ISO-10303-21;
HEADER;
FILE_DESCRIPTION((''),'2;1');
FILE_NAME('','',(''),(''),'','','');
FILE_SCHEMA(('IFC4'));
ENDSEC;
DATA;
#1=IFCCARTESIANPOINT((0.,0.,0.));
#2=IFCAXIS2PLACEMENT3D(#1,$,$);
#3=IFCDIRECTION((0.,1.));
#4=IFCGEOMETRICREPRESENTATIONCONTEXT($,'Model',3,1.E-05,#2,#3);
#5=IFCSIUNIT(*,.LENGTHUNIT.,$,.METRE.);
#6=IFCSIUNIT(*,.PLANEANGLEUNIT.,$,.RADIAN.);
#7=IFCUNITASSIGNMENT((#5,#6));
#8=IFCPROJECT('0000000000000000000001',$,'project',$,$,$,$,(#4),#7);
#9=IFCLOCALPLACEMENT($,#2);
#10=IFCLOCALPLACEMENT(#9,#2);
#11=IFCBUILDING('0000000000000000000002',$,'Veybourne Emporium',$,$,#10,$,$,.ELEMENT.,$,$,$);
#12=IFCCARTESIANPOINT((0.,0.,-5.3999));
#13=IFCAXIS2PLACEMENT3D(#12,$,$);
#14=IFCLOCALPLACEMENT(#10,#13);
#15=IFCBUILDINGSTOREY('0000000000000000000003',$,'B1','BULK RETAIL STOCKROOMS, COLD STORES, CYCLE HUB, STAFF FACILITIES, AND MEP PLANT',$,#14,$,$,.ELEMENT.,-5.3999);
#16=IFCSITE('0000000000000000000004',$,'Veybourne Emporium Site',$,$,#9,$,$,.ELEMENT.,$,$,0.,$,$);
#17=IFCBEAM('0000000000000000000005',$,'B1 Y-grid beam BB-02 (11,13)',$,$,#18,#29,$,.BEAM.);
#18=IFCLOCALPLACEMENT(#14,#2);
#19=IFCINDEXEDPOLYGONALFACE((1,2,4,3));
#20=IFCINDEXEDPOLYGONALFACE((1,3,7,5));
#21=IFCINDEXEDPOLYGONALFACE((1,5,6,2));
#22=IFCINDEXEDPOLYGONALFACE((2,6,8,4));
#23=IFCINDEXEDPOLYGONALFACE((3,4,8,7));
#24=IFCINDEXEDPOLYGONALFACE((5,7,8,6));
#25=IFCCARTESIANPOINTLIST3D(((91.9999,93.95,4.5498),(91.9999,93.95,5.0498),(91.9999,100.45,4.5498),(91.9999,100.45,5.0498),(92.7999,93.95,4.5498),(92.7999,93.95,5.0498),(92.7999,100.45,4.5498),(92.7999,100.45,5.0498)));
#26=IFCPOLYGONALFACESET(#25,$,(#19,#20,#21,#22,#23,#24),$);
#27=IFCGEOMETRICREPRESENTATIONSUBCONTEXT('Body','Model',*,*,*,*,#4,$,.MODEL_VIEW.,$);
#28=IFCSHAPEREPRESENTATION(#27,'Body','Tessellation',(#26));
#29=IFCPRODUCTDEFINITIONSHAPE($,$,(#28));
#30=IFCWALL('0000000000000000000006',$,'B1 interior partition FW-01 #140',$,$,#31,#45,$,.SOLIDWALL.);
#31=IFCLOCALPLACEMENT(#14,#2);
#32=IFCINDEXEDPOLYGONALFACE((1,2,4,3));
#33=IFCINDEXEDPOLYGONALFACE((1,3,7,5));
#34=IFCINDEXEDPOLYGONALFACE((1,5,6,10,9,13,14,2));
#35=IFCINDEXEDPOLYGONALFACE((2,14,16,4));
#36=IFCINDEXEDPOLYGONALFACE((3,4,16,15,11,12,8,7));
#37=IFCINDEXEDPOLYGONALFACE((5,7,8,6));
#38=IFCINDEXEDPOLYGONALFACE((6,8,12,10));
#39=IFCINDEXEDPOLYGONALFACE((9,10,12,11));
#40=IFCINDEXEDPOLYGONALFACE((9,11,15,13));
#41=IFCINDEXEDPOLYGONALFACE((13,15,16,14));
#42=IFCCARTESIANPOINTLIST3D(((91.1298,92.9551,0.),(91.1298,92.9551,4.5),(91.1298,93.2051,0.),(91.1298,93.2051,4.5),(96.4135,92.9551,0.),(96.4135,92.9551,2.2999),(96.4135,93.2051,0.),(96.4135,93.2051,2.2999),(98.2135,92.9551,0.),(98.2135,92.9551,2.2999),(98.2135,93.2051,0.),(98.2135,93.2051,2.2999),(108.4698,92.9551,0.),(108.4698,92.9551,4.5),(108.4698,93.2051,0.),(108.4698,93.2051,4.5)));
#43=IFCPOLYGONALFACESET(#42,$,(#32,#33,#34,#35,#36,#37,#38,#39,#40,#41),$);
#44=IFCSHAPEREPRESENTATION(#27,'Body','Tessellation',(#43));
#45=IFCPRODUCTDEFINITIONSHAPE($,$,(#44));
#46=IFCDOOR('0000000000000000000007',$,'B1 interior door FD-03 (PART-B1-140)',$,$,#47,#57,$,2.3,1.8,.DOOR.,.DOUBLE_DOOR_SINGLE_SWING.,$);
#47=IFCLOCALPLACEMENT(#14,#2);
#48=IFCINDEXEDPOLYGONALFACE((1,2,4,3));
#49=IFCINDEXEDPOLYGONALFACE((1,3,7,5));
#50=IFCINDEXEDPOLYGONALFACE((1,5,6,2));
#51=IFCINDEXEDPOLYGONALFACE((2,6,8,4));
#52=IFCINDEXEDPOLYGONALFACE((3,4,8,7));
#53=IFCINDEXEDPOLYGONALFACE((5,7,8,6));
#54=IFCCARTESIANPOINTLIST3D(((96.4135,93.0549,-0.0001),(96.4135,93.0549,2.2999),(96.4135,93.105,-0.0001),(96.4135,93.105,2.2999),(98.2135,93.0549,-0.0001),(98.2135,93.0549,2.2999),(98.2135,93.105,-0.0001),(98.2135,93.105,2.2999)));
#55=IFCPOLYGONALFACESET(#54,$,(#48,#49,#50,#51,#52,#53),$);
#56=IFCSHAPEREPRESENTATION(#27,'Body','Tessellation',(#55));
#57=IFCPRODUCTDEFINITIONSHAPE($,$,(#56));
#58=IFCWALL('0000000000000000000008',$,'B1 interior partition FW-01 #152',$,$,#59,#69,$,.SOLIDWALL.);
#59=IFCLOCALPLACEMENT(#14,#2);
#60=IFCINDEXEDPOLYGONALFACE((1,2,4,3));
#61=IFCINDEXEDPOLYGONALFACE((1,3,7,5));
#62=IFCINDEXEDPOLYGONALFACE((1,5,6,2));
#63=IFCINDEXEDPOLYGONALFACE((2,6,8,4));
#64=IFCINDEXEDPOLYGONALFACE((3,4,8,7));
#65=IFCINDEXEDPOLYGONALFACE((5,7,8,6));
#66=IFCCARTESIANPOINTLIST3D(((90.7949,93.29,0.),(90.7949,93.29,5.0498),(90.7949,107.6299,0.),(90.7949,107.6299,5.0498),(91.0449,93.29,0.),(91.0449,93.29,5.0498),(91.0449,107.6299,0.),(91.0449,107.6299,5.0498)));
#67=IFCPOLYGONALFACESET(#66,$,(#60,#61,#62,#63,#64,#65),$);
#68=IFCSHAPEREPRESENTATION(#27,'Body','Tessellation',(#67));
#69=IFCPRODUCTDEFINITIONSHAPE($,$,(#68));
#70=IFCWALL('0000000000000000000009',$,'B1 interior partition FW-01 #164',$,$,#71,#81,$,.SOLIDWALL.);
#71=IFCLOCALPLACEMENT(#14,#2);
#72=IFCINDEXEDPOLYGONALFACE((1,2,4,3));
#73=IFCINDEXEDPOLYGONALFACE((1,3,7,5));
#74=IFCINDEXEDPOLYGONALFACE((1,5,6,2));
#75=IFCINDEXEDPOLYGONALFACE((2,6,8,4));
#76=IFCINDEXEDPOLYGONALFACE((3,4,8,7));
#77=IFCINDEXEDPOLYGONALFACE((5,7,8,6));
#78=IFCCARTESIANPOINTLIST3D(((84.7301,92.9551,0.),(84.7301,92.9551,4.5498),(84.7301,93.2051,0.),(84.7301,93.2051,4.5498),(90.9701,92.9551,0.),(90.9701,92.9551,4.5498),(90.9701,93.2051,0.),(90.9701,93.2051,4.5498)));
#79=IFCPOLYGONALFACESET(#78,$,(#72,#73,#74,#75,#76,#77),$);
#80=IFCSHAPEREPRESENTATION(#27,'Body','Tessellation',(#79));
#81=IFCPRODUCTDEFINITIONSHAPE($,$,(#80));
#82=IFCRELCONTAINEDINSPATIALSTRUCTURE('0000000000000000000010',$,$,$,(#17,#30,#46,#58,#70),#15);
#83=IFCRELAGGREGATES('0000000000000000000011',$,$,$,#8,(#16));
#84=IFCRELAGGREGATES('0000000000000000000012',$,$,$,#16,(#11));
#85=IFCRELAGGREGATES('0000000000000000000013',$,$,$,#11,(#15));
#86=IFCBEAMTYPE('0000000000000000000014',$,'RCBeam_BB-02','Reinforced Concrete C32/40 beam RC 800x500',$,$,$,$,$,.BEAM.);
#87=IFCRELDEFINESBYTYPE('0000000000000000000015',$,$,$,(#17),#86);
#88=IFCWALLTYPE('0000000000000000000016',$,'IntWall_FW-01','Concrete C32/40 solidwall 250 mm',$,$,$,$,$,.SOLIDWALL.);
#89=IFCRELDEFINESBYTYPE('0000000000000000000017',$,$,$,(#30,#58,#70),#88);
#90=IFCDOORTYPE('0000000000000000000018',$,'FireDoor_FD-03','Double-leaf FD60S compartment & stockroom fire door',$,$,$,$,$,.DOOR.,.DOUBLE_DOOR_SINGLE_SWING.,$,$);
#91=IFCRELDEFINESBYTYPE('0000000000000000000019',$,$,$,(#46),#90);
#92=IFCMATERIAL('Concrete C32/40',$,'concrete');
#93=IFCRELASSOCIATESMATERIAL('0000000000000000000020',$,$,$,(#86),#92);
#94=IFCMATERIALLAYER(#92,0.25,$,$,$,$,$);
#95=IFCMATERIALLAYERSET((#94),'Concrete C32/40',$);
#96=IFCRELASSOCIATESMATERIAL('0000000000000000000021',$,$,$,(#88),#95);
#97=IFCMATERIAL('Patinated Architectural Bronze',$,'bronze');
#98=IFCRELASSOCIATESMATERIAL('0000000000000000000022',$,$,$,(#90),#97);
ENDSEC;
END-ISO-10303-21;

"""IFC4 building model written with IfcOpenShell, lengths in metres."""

from ifc_helpers import new_model, si_unit, direction, frame, frame_2d, origin, origin_2d, place, context, subcontext, project, spatial, rectangle, extrude, material, layer, layer_set, material_profile, profile_set, type_object, element, fill, save


model = new_model("IFC4")

# Units and contexts
model_context = context("Model", 3, precision=1e-05, world=origin(), true_north=direction((0.0, 1.0)))
body_context = subcontext(model_context, "Body", "Model", "MODEL_VIEW")
ifc_project = project(units=[si_unit("LENGTHUNIT", "METRE"), si_unit("PLANEANGLEUNIT", "RADIAN")], contexts=[model_context])

# Site, building, storey
site_placement = place(None, origin())
site = spatial("IfcSite", under=ifc_project, at=site_placement, Name="Veybourne Emporium Site", CompositionType="ELEMENT", RefElevation=0.0)
building_placement = place(site_placement, origin())
building = spatial("IfcBuilding", under=site, at=building_placement, Name="Veybourne Emporium", CompositionType="ELEMENT")
storey_placement = place(building_placement, frame((0.0, 0.0, -5.3999)))
storey = spatial("IfcBuildingStorey", under=building, at=storey_placement, Name="B1", Description="BULK RETAIL STOCKROOMS, COLD STORES, CYCLE HUB, STAFF FACILITIES, AND MEP PLANT", CompositionType="ELEMENT", Elevation=-5.3999)

# Beam
ifc_material_1 = material(Name="Concrete C32/40", Category="concrete")
ifc_material_profile_1 = material_profile(ifc_material_1, rectangle(XDim=0.8, YDim=0.5, at=origin_2d()), Name="RC 800x500")
ifc_profile_set_1 = profile_set([ifc_material_profile_1], Name="Concrete C32/40")
beam_type_1 = type_object("IfcBeamType", Name="RCBeam_BB-02", Description="Reinforced Concrete C32/40 beam RC 800x500", PredefinedType="BEAM", material=ifc_profile_set_1)
beam_placement = place(storey_placement, frame((92.3999, 93.95, 4.7998), z_axis=(0.0, 1.0, 0.0), x_axis=(-1.0, 0.0, 0.0)))
element("IfcBeam", 1, at=beam_placement, inside=storey, type_object=beam_type_1, Name="B1 Y-grid beam BB-02 (11,13)", PredefinedType="BEAM", context=body_context, shape_type="SweptSolid", body=[
    extrude(rectangle(XDim=0.8, YDim=0.5, at=origin_2d()), origin(), (0.0, 0.0, 1.0), 6.5),
])

# Wall, opening, door
ifc_layer = layer(ifc_material_1, 0.25)
ifc_layer_set = layer_set([ifc_layer], Name="Concrete C32/40")
wall_type = type_object("IfcWallType", Name="IntWall_FW-01", Description="Concrete C32/40 solidwall 250 mm", PredefinedType="SOLIDWALL", material=ifc_layer_set)
wall_1_placement = place(storey_placement, frame((91.1299, 93.0801, 0.0), z_axis=(0.0, 0.0, 1.0), x_axis=(1.0, 0.0, 0.0)))
wall_1 = element("IfcWall", 2, at=wall_1_placement, inside=storey, type_object=wall_type, Name="B1 interior partition FW-01 #140", PredefinedType="SOLIDWALL", context=body_context, shape_type="SweptSolid", body=[
    extrude(rectangle(XDim=17.3401, YDim=0.25, at=frame_2d((8.6699, 0.0))), origin(), (0.0, 0.0, 1.0), 4.5),
])
opening_placement = place(wall_1_placement, frame((5.2837, 0.0, 0.0)))
opening = element("IfcOpeningElement", 3, at=opening_placement, cuts=wall_1, PredefinedType="OPENING", context=body_context, shape_type="SweptSolid", body=[
    extrude(rectangle(XDim=1.8, YDim=2.3, at=frame_2d((0.8999, 1.1499))), frame((0.0, 0.145, 0.0), z_axis=(0.0, -1.0, 0.0), x_axis=(1.0, 0.0, 0.0)), (0.0, 0.0, 1.0), 0.29),
])
ifc_material_2 = material(Name="Patinated Architectural Bronze", Category="bronze")
door_type = type_object("IfcDoorType", Name="FireDoor_FD-03", Description="Double-leaf FD60S compartment & stockroom fire door", OperationType="DOUBLE_DOOR_SINGLE_SWING", PredefinedType="DOOR", material=ifc_material_2)
door_placement = place(opening_placement, origin())
door = element("IfcDoor", 4, at=door_placement, inside=storey, type_object=door_type, Name="B1 interior door FD-03 (PART-B1-140)", OperationType="DOUBLE_DOOR_SINGLE_SWING", OverallHeight=2.3, OverallWidth=1.8, PredefinedType="DOOR", context=body_context, shape_type="SweptSolid", body=[
    extrude(rectangle(XDim=1.8, YDim=2.3, at=frame_2d((0.8999, 1.1499))), frame((0.0, 0.0249, 0.0), z_axis=(0.0, -1.0, 0.0), x_axis=(1.0, 0.0, 0.0)), (0.0, 0.0, 1.0), 0.05),
])
fill(opening, door)

# Walls
wall_2_placement = place(storey_placement, frame((90.9199, 93.29, 0.0), z_axis=(0.0, 0.0, 1.0), x_axis=(0.0, 1.0, 0.0)))
element("IfcWall", 5, at=wall_2_placement, inside=storey, type_object=wall_type, Name="B1 interior partition FW-01 #152", PredefinedType="SOLIDWALL", context=body_context, shape_type="SweptSolid", body=[
    extrude(rectangle(XDim=14.3398, YDim=0.25, at=frame_2d((7.1699, 0.0))), origin(), (0.0, 0.0, 1.0), 5.0498),
])
wall_3_placement = place(storey_placement, frame((84.73, 93.0801, 0.0), z_axis=(0.0, 0.0, 1.0), x_axis=(1.0, 0.0, 0.0)))
element("IfcWall", 6, at=wall_3_placement, inside=storey, type_object=wall_type, Name="B1 interior partition FW-01 #164", PredefinedType="SOLIDWALL", context=body_context, shape_type="SweptSolid", body=[
    extrude(rectangle(XDim=6.24, YDim=0.25, at=frame_2d((3.1201, 0.0))), origin(), (0.0, 0.0, 1.0), 4.5498),
])

save(model, "model.ifc")
